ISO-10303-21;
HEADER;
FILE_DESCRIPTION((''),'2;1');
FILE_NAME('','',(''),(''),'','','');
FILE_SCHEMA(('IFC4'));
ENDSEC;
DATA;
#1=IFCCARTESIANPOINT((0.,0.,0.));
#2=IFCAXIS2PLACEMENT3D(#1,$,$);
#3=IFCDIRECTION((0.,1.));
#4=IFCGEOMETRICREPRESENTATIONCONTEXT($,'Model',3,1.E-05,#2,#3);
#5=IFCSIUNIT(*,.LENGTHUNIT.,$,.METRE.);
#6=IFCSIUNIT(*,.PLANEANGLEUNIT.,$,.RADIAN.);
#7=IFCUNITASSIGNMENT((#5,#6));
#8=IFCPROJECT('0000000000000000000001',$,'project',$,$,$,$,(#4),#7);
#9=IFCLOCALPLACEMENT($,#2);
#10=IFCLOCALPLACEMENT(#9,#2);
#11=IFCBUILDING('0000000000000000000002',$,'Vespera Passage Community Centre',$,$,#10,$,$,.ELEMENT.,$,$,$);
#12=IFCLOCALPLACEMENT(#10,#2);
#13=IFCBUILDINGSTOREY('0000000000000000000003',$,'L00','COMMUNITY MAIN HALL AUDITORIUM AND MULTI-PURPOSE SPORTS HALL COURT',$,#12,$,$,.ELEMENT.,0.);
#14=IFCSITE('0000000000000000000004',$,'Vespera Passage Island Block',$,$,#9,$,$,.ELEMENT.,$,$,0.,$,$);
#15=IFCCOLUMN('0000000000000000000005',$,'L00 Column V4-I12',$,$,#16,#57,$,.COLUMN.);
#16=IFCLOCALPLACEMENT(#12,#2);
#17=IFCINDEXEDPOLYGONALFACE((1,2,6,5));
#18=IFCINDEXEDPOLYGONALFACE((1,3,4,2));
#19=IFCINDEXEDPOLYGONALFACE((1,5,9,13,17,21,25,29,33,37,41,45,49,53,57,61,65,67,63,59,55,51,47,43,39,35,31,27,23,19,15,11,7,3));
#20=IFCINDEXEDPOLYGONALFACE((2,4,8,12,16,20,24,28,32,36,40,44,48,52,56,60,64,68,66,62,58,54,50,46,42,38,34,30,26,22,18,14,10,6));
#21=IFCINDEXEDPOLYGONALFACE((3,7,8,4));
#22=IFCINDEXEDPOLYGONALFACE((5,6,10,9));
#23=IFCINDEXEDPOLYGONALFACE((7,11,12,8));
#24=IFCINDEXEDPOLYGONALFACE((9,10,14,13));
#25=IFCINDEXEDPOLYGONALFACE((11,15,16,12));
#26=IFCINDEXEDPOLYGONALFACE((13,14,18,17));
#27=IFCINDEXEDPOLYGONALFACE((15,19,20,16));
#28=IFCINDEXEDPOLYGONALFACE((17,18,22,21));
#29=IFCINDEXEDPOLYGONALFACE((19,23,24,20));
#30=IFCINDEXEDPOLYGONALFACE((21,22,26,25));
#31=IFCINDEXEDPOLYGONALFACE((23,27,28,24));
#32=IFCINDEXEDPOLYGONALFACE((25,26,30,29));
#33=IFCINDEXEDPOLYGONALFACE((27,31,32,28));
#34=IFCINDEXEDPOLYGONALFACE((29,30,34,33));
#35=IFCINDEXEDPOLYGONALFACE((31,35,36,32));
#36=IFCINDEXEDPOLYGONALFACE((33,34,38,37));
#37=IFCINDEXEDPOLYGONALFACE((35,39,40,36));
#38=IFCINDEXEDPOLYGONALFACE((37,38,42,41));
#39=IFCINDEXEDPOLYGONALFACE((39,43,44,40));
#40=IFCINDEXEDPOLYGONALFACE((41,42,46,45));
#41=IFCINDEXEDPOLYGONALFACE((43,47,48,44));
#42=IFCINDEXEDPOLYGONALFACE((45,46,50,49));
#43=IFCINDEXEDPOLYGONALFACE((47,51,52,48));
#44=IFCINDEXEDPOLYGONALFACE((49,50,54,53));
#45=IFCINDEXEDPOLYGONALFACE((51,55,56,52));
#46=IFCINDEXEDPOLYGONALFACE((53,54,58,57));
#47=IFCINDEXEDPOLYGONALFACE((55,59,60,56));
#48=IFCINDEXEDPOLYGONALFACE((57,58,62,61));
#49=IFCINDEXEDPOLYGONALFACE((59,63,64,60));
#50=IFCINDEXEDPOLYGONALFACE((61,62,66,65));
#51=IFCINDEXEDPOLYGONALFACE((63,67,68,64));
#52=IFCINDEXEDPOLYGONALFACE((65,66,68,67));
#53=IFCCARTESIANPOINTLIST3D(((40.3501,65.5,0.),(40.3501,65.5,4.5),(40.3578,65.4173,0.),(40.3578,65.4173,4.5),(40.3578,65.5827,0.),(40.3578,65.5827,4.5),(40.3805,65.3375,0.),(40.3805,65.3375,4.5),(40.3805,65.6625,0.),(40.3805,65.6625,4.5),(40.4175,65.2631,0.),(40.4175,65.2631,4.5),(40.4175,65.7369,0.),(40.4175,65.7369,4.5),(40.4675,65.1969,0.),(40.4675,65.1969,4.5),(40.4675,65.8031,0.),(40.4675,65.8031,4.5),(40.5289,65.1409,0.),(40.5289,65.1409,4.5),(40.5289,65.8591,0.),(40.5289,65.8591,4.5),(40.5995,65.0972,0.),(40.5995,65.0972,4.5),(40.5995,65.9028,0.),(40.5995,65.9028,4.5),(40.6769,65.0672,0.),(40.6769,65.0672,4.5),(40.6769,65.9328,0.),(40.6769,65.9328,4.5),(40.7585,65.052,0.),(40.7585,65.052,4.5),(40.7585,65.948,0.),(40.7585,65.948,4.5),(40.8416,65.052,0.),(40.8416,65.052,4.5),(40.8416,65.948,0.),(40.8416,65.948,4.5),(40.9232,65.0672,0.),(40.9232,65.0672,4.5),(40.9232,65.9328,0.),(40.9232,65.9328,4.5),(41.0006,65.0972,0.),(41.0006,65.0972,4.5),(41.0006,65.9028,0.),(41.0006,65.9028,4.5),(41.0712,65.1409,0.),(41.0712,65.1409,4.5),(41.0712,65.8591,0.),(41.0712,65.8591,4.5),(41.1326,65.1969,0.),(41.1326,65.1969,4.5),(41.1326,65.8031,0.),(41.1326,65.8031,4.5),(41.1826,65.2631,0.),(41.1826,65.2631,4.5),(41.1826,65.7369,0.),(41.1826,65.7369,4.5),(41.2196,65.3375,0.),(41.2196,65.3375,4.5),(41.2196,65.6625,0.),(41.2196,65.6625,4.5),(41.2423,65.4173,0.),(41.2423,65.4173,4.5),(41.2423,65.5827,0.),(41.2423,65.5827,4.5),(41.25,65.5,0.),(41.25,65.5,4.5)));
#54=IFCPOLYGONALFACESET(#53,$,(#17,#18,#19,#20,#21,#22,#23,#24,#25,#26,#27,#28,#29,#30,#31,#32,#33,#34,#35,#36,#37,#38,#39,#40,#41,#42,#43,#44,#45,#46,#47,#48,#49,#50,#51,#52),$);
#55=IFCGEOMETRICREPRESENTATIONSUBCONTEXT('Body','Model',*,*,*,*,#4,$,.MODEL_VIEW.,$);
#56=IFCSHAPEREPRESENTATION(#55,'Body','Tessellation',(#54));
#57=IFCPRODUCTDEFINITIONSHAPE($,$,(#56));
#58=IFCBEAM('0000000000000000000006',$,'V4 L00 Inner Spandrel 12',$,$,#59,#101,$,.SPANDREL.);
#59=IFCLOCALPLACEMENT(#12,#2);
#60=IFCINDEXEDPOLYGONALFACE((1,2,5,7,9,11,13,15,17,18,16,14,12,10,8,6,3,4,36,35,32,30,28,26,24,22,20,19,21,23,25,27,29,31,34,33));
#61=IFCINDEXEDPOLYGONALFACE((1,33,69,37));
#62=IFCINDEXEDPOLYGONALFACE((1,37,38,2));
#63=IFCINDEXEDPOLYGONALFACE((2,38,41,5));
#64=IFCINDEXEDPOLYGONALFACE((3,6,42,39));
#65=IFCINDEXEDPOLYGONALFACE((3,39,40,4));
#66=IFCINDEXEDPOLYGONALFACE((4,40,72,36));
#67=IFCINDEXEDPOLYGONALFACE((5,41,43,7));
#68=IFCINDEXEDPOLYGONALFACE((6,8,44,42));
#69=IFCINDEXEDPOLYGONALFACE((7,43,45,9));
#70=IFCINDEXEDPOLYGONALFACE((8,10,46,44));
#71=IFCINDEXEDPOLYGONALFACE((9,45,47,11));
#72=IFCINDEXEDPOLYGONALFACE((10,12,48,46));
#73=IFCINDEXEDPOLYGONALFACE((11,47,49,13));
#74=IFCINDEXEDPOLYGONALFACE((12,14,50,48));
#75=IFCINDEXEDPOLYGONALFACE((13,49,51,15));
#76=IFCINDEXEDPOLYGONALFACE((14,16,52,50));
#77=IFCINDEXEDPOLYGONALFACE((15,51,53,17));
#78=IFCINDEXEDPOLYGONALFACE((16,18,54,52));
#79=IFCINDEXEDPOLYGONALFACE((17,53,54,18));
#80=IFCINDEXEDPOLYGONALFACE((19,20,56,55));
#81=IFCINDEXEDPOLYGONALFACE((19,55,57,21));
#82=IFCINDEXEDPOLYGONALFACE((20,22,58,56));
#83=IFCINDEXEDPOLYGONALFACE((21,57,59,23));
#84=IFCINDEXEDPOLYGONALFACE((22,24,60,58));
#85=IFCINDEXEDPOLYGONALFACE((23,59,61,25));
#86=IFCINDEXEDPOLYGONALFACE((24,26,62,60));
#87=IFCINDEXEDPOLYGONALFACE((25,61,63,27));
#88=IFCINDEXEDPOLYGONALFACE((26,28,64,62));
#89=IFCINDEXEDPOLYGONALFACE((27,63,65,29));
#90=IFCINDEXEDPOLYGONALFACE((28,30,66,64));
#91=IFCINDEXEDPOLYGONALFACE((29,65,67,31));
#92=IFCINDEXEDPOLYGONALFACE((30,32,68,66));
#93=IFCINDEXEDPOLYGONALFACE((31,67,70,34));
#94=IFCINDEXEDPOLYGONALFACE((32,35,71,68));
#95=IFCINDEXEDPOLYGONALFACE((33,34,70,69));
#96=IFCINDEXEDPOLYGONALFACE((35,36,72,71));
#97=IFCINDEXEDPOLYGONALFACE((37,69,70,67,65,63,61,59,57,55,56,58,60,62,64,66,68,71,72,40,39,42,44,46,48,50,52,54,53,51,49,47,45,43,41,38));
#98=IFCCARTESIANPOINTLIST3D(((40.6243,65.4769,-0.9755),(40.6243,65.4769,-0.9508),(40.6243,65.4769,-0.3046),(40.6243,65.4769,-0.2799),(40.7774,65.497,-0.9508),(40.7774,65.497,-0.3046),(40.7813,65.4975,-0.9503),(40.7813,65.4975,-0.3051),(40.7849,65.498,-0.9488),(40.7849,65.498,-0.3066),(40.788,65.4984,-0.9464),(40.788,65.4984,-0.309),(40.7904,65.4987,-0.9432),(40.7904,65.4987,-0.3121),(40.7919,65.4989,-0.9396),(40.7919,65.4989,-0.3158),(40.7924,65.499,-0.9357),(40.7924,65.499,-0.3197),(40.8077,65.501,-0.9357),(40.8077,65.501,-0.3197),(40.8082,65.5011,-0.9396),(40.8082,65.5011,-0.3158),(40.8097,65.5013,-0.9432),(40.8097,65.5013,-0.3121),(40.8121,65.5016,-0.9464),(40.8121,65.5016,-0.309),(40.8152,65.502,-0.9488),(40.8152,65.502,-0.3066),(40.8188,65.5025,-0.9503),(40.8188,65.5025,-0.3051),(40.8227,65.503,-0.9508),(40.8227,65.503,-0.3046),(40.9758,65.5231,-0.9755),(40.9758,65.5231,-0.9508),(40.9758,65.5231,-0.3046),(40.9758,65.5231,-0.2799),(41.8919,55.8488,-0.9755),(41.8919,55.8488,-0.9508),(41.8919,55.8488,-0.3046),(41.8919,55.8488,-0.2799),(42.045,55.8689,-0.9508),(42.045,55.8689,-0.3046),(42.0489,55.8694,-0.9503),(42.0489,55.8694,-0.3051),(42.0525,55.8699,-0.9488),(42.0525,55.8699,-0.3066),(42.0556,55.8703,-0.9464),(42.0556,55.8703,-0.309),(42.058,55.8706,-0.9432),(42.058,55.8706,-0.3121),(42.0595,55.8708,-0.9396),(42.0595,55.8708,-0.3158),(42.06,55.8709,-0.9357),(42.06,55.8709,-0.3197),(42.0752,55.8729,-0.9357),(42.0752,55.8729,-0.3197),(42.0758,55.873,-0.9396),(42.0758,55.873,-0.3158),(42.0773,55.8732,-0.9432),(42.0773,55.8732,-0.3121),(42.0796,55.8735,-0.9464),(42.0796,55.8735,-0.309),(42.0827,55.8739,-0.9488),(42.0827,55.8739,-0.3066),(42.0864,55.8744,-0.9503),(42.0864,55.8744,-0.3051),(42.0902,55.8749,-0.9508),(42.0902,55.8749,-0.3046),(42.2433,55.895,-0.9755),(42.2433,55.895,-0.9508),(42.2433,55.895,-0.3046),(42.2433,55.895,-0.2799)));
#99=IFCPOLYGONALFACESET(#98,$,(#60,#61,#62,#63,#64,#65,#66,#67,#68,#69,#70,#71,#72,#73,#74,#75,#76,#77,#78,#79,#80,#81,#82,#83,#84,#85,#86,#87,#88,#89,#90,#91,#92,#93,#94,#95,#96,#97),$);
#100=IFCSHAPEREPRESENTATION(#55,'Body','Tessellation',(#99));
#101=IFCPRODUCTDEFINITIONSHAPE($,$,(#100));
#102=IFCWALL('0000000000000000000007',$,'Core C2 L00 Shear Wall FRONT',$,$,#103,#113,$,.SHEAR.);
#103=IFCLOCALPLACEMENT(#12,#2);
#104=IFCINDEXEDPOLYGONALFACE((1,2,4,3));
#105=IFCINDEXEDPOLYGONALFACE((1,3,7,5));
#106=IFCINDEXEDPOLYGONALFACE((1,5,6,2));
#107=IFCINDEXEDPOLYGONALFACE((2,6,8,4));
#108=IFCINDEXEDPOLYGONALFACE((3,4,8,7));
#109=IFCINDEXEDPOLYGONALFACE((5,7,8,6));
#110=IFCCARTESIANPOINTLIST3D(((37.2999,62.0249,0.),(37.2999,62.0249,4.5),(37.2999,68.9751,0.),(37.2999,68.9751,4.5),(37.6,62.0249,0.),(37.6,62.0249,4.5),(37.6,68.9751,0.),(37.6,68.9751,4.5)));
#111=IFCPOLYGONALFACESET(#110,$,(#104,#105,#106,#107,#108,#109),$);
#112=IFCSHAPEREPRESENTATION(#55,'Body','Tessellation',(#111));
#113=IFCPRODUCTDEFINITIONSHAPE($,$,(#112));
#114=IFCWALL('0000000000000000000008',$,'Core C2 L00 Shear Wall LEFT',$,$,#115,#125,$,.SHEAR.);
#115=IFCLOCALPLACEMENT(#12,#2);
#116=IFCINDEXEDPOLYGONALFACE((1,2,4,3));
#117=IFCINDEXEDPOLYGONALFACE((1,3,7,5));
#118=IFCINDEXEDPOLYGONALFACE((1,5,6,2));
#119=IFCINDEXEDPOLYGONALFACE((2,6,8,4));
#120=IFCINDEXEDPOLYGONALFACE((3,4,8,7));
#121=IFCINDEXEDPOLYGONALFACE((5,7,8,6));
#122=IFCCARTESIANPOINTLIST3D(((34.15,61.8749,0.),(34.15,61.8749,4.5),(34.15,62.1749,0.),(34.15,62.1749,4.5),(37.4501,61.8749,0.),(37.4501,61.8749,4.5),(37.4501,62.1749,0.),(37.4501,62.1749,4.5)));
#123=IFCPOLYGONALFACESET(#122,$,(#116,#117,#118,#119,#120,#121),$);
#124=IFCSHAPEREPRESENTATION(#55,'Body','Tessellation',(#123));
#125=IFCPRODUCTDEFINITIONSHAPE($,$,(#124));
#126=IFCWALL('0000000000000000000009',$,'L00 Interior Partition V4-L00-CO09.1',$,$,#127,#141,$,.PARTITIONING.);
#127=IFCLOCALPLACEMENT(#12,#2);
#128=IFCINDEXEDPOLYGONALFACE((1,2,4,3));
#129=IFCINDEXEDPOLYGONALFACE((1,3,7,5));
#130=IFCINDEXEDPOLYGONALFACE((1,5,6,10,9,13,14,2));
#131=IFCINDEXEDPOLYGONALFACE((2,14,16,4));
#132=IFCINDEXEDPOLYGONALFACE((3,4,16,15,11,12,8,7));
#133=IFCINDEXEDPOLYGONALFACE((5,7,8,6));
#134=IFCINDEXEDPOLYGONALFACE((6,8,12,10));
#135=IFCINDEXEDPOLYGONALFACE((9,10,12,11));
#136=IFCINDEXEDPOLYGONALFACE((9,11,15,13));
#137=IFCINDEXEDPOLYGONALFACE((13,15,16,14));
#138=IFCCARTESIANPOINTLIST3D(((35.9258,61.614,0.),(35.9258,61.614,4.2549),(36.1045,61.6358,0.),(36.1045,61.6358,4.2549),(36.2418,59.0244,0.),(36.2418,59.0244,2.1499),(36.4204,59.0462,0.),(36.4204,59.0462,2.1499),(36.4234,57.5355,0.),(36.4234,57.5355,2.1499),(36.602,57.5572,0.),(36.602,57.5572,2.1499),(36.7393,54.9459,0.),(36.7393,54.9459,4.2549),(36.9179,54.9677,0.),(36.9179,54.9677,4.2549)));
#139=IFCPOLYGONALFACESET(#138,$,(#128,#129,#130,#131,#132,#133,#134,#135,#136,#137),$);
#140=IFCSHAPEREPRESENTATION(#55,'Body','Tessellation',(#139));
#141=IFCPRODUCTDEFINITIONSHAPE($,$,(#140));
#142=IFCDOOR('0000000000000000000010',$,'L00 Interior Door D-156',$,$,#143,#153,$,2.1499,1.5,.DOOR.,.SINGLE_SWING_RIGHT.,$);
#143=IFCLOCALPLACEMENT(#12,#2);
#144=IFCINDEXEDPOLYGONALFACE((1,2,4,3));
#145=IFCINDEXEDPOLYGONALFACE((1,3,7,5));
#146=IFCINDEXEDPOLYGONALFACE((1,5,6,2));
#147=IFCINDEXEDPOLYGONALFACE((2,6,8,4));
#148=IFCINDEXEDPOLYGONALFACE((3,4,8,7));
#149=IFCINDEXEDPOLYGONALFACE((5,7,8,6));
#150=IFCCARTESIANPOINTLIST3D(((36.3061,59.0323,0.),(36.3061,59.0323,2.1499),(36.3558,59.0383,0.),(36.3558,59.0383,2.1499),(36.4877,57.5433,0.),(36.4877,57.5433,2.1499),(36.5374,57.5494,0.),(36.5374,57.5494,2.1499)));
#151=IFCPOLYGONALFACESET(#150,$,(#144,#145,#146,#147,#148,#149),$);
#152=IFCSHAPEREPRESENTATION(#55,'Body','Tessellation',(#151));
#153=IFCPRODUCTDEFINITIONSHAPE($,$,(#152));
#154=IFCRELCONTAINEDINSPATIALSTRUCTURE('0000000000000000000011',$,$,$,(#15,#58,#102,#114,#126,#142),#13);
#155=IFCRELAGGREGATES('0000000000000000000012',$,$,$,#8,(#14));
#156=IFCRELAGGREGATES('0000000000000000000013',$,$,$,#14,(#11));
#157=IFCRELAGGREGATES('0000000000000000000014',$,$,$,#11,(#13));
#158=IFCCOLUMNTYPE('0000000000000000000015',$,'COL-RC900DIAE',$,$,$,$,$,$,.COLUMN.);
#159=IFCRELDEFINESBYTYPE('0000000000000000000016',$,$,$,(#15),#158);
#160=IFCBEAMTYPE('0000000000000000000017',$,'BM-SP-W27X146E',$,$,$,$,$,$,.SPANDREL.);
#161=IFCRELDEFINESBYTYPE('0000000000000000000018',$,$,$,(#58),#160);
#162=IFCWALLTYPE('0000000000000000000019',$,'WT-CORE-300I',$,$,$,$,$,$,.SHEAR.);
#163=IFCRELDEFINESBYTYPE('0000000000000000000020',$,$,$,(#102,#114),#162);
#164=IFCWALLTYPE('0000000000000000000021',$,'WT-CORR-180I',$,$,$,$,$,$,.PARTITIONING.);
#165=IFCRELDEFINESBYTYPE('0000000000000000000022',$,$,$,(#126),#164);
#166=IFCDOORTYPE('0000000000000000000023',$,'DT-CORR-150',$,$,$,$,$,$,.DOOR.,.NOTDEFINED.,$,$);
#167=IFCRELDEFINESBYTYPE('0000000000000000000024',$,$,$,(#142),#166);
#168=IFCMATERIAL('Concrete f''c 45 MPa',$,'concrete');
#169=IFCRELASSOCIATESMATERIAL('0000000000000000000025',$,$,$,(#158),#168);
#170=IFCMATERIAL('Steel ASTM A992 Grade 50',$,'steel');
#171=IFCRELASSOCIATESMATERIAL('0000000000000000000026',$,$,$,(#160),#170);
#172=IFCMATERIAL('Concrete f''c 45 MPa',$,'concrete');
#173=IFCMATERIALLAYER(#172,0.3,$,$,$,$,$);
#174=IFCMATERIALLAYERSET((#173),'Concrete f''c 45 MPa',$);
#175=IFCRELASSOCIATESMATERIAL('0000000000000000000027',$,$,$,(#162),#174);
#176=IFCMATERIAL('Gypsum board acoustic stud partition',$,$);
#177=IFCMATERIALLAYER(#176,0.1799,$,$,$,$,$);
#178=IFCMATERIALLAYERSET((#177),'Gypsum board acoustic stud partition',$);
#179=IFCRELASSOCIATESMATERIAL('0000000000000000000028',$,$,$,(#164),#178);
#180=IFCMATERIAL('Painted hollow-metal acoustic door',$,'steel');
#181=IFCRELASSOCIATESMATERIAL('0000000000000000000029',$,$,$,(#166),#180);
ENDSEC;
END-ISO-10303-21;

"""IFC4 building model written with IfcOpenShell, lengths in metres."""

from ifc_helpers import new_model, si_unit, direction, frame, frame_2d, origin, origin_2d, place, context, subcontext, project, spatial, rectangle, circle, i_section, extrude, material, layer, layer_set, material_profile, profile_set, type_object, element, fill, save


model = new_model("IFC4")

# Units and contexts
model_context = context("Model", 3, precision=1e-05, world=origin(), true_north=direction((0.0, 1.0)))
body_context = subcontext(model_context, "Body", "Model", "MODEL_VIEW")
ifc_project = project(units=[si_unit("LENGTHUNIT", "METRE"), si_unit("PLANEANGLEUNIT", "RADIAN")], contexts=[model_context])

# Site, building, storey
site_placement = place(None, origin())
site = spatial("IfcSite", under=ifc_project, at=site_placement, Name="Vespera Passage Island Block", CompositionType="ELEMENT", RefElevation=0.0)
building_placement = place(site_placement, origin())
building = spatial("IfcBuilding", under=site, at=building_placement, Name="Vespera Passage Community Centre", CompositionType="ELEMENT")
storey_placement = place(building_placement, origin())
storey = spatial("IfcBuildingStorey", under=building, at=storey_placement, Name="L00", Description="COMMUNITY MAIN HALL AUDITORIUM AND MULTI-PURPOSE SPORTS HALL COURT", CompositionType="ELEMENT", Elevation=0.0)

# Column
ifc_material_1 = material(Name="Concrete f'c 45 MPa", Category="concrete")
ifc_material_profile_1 = material_profile(ifc_material_1, circle(Radius=0.45, at=origin_2d()), Name="RC900DIA")
ifc_profile_set_1 = profile_set([ifc_material_profile_1], Name="Concrete f'c 45 MPa")
column_type = type_object("IfcColumnType", Name="COL-RC900DIAE", PredefinedType="COLUMN", material=ifc_profile_set_1)
column_placement = place(storey_placement, frame((40.8, 65.5, 0.0), z_axis=(0.0, 0.0, 1.0), x_axis=(1.0, 0.0, 0.0)))
element("IfcColumn", 1, at=column_placement, inside=storey, type_object=column_type, Name="L00 Column V4-I12", PredefinedType="COLUMN", context=body_context, shape_type="SweptSolid", body=[
    extrude(circle(Radius=0.45, at=origin_2d()), origin(), (0.0, 0.0, 1.0), 4.5),
])

# Beam
ifc_material_2 = material(Name="Steel ASTM A992 Grade 50", Category="steel")
ifc_material_profile_2 = material_profile(ifc_material_2, i_section(OverallWidth=0.3545, OverallDepth=0.6956, WebThickness=0.0154, FlangeThickness=0.0247, FilletRadius=0.0151, at=origin_2d()), Name="W27X146")
ifc_profile_set_2 = profile_set([ifc_material_profile_2], Name="Steel ASTM A992 Grade 50")
beam_type = type_object("IfcBeamType", Name="BM-SP-W27X146E", PredefinedType="SPANDREL", material=ifc_profile_set_2)
beam_placement = place(storey_placement, frame((40.8, 65.5, -0.6277), z_axis=(0.130527, -0.991445, 0.0), x_axis=(0.991445, 0.130527, 0.0)))
element("IfcBeam", 2, at=beam_placement, inside=storey, type_object=beam_type, Name="V4 L00 Inner Spandrel 12", PredefinedType="SPANDREL", context=body_context, shape_type="SweptSolid", body=[
    extrude(i_section(OverallWidth=0.3545, OverallDepth=0.6956, WebThickness=0.0154, FlangeThickness=0.0247, FilletRadius=0.0151, at=origin_2d()), origin(), (0.0, 0.0, 1.0), 9.7112),
])

# Walls
ifc_material_3 = material(Name="Concrete f'c 45 MPa", Category="concrete")
ifc_layer_1 = layer(ifc_material_3, 0.3)
ifc_layer_set_1 = layer_set([ifc_layer_1], Name="Concrete f'c 45 MPa")
wall_type_1 = type_object("IfcWallType", Name="WT-CORE-300I", PredefinedType="SHEAR", material=ifc_layer_set_1)
wall_1_placement = place(storey_placement, frame((37.45, 68.9751, 0.0), z_axis=(0.0, 0.0, 1.0), x_axis=(0.0, -1.0, 0.0)))
element("IfcWall", 3, at=wall_1_placement, inside=storey, type_object=wall_type_1, Name="Core C2 L00 Shear Wall FRONT", PredefinedType="SHEAR", context=body_context, shape_type="SweptSolid", body=[
    extrude(rectangle(XDim=6.9502, YDim=0.3, at=frame_2d((3.4751, 0.0))), origin(), (0.0, 0.0, 1.0), 4.5),
])
wall_2_placement = place(storey_placement, frame((37.45, 62.0249, 0.0), z_axis=(0.0, 0.0, 1.0), x_axis=(-1.0, 0.0, 0.0)))
element("IfcWall", 4, at=wall_2_placement, inside=storey, type_object=wall_type_1, Name="Core C2 L00 Shear Wall LEFT", PredefinedType="SHEAR", context=body_context, shape_type="SweptSolid", body=[
    extrude(rectangle(XDim=3.3, YDim=0.3, at=frame_2d((1.6499, 0.0))), origin(), (0.0, 0.0, 1.0), 4.5),
])

# Wall, opening, door
ifc_material_4 = material(Name="Gypsum board acoustic stud partition")
ifc_layer_2 = layer(ifc_material_4, 0.1799)
ifc_layer_set_2 = layer_set([ifc_layer_2], Name="Gypsum board acoustic stud partition")
wall_type_2 = type_object("IfcWallType", Name="WT-CORR-180I", PredefinedType="PARTITIONING", material=ifc_layer_set_2)
wall_3_placement = place(storey_placement, frame((36.0151, 61.625, 0.0), z_axis=(0.0, 0.0, 1.0), x_axis=(0.121095, -0.992641, 0.0)))
wall_3 = element("IfcWall", 5, at=wall_3_placement, inside=storey, type_object=wall_type_2, Name="L00 Interior Partition V4-L00-CO09.1", PredefinedType="PARTITIONING", context=body_context, shape_type="SweptSolid", body=[
    extrude(rectangle(XDim=6.7175, YDim=0.1799, at=frame_2d((3.3589, 0.0))), origin(), (0.0, 0.0, 1.0), 4.2549),
])
opening_1_placement = place(wall_3_placement, frame((2.6089, 0.0, 0.0)))
opening_1 = element("IfcOpeningElement", 6, at=opening_1_placement, cuts=wall_3, PredefinedType="OPENING", context=body_context, shape_type="SweptSolid", body=[
    extrude(rectangle(XDim=1.5, YDim=2.1499, at=frame_2d((0.75, 1.075))), frame((0.0, 0.0999, 0.0), z_axis=(0.0, -1.0, 0.0), x_axis=(1.0, 0.0, 0.0)), (0.0, 0.0, 1.0), 0.2),
])
ifc_material_5 = material(Name="Painted hollow-metal acoustic door", Category="steel")
door_type_1 = type_object("IfcDoorType", Name="DT-CORR-150", OperationType="NOTDEFINED", PredefinedType="DOOR", material=ifc_material_5)
door_1_placement = place(opening_1_placement, origin())
door_1 = element("IfcDoor", 7, at=door_1_placement, inside=storey, type_object=door_type_1, Name="L00 Interior Door D-156", OperationType="SINGLE_SWING_RIGHT", OverallHeight=2.1499, OverallWidth=1.5, PredefinedType="DOOR", context=body_context, shape_type="SweptSolid", body=[
    extrude(rectangle(XDim=1.5, YDim=2.1499, at=frame_2d((0.75, 1.075))), frame((0.0, 0.0249, 0.0), z_axis=(0.0, -1.0, 0.0), x_axis=(1.0, 0.0, 0.0)), (0.0, 0.0, 1.0), 0.05),
])
fill(opening_1, door_1)

save(model, "model.ifc")
